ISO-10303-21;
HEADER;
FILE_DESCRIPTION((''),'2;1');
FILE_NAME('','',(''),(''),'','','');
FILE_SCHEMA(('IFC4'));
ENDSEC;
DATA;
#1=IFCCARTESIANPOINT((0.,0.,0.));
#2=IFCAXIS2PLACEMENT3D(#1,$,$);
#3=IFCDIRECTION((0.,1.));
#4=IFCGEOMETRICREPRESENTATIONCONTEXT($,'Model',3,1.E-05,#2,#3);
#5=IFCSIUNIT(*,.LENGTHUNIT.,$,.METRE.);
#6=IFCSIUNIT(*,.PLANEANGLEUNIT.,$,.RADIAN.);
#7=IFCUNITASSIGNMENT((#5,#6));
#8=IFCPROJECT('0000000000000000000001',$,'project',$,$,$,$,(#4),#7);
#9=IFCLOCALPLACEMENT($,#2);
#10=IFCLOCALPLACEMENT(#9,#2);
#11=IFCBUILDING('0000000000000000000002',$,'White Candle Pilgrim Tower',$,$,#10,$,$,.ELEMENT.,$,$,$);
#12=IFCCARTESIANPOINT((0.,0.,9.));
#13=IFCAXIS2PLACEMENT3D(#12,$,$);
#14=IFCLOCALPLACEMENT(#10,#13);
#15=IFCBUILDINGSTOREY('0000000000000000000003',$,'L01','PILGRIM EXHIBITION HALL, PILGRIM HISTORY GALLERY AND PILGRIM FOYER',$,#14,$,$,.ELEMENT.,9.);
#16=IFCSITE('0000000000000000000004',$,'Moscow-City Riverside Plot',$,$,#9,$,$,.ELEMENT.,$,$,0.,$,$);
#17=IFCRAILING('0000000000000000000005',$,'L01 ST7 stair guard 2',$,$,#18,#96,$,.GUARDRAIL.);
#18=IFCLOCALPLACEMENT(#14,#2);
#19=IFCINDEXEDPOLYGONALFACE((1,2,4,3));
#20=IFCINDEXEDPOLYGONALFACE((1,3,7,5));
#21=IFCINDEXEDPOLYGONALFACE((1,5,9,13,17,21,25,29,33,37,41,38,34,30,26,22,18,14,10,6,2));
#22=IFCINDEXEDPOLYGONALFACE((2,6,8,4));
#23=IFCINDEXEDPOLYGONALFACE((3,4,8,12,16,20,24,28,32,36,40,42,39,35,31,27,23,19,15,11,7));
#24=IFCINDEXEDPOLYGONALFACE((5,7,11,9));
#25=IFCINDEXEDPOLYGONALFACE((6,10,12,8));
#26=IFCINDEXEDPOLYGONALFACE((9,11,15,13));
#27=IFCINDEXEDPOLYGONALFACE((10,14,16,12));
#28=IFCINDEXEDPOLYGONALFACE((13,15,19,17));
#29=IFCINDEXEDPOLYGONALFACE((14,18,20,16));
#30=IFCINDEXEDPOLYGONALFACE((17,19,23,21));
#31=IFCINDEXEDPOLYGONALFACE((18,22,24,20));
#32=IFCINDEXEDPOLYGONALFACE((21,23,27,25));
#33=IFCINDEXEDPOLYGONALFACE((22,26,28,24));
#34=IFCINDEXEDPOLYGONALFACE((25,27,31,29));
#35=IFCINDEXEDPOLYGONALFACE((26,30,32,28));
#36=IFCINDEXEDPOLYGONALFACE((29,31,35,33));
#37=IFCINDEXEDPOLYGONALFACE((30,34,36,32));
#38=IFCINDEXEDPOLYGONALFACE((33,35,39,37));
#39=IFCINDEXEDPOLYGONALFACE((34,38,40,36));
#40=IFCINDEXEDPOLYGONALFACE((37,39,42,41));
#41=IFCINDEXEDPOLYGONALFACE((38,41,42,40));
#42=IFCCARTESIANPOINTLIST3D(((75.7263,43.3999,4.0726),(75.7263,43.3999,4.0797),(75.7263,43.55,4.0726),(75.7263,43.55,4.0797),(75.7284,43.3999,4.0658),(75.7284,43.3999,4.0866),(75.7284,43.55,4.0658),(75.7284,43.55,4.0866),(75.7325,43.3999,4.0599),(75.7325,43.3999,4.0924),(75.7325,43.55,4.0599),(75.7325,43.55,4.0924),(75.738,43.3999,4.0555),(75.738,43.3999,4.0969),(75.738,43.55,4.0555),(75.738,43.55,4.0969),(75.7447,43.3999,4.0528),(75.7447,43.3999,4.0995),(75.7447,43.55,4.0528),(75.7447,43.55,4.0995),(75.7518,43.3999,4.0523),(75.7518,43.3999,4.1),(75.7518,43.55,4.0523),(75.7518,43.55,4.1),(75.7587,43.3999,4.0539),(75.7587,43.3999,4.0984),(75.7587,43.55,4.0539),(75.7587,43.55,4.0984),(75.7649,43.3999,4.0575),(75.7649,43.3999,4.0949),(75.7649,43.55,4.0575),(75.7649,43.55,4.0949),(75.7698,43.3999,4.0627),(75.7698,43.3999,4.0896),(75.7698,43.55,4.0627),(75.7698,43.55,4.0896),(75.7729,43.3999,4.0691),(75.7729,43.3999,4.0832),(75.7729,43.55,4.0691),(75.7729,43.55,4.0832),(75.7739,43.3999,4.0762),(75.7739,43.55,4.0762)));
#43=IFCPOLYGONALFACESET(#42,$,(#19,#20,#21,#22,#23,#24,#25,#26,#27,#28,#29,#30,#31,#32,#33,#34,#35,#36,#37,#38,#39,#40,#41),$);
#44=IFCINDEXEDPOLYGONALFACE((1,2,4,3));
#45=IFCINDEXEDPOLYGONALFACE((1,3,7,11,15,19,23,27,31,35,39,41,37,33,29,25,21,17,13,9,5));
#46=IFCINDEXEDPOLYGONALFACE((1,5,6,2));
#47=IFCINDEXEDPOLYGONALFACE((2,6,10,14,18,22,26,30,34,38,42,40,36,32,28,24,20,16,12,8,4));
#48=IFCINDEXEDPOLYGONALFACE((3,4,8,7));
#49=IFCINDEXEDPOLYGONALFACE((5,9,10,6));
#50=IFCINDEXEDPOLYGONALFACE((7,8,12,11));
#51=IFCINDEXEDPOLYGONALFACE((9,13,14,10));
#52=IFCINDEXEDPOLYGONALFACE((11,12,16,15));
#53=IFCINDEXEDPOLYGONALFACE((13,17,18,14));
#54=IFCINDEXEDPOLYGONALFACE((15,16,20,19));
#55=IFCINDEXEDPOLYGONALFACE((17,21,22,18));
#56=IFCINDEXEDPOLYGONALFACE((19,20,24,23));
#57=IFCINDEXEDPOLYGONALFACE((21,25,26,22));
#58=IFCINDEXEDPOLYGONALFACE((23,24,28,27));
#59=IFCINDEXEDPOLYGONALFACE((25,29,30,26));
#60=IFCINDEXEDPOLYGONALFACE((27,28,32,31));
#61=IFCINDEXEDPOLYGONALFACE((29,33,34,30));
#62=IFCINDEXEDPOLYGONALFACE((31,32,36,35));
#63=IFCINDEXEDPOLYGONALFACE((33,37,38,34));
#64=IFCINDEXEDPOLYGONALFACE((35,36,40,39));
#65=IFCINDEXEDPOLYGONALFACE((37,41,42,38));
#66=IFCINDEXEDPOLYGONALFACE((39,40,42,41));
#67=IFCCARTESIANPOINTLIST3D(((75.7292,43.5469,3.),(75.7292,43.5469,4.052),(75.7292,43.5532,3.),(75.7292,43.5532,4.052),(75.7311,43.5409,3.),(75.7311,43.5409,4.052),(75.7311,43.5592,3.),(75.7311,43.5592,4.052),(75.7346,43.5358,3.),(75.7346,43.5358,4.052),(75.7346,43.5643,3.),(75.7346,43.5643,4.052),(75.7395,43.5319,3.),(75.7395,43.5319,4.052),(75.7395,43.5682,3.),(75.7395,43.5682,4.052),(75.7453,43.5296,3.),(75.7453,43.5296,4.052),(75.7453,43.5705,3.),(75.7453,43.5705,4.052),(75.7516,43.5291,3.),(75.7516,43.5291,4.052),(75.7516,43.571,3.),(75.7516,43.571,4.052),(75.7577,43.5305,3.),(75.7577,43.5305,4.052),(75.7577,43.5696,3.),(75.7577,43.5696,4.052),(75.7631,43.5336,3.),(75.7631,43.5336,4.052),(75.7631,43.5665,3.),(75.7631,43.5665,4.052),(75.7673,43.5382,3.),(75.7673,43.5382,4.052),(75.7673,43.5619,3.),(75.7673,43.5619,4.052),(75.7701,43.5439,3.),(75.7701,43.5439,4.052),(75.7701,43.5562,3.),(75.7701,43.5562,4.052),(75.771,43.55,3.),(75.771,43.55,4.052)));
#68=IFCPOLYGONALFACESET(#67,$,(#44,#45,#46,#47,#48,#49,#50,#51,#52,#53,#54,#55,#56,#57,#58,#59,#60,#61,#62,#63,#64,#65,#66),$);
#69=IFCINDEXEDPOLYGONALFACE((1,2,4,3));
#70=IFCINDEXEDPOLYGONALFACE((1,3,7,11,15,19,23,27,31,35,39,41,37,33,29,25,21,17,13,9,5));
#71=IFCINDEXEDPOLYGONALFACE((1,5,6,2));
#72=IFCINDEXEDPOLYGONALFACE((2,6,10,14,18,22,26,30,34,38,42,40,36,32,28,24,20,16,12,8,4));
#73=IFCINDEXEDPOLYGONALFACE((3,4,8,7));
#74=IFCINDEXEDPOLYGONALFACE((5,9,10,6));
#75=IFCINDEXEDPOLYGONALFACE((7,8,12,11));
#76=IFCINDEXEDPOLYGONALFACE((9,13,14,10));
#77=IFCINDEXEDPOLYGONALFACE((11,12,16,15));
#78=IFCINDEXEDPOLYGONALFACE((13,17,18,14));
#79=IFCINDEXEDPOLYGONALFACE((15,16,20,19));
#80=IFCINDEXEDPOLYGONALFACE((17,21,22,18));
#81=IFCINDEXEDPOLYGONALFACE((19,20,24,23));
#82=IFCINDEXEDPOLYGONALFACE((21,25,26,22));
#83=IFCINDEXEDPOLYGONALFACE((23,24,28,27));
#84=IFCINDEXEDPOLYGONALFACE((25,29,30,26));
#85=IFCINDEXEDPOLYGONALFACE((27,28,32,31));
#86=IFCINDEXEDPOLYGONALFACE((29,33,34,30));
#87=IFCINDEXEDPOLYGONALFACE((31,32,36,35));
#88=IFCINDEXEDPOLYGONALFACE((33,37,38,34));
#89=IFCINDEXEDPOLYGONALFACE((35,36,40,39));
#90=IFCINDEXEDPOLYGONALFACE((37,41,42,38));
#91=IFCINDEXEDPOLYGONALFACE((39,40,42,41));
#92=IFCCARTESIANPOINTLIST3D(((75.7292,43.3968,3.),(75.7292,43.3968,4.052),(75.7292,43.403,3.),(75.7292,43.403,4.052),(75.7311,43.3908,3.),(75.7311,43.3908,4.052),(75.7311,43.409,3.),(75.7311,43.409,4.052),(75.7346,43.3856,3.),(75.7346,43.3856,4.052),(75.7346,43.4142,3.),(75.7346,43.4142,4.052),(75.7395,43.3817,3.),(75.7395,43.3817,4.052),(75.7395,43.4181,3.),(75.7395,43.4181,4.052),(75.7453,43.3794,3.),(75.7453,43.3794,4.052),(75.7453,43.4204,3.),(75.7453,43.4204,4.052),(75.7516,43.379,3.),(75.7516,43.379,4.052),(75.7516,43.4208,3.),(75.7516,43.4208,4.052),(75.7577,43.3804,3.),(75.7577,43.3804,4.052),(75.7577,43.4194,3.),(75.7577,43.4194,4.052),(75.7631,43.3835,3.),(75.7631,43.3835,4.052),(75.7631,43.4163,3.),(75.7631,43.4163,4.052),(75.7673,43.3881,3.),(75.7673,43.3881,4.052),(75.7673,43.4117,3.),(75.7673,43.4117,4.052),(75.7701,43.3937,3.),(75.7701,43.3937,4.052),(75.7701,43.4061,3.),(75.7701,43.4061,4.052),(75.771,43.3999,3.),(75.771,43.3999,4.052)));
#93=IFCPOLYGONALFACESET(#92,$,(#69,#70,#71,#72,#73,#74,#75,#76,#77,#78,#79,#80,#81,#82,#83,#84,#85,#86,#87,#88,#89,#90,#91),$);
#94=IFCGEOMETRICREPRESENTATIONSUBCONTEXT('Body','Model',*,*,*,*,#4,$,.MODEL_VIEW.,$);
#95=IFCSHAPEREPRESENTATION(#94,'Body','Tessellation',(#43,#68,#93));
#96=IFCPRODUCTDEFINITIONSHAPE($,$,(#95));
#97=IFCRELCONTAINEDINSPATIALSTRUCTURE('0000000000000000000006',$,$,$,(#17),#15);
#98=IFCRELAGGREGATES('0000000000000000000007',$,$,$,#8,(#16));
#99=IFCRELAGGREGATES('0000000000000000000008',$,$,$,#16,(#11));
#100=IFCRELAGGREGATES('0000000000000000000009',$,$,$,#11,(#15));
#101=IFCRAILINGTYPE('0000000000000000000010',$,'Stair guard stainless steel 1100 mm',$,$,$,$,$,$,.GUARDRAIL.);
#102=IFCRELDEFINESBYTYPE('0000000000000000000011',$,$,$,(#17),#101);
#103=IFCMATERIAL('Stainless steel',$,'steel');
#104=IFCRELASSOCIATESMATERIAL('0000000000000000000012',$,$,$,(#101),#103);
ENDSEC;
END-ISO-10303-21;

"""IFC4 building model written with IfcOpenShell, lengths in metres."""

from ifc_helpers import new_model, si_unit, direction, frame, origin, origin_2d, place, context, subcontext, project, spatial, circle, extrude, material, type_object, element, save


model = new_model("IFC4")

# Units and contexts
model_context = context("Model", 3, precision=1e-05, world=origin(), true_north=direction((0.0, 1.0)))
body_context = subcontext(model_context, "Body", "Model", "MODEL_VIEW")
ifc_project = project(units=[si_unit("LENGTHUNIT", "METRE"), si_unit("PLANEANGLEUNIT", "RADIAN")], contexts=[model_context])

# Site, building, storey
site_placement = place(None, origin())
site = spatial("IfcSite", under=ifc_project, at=site_placement, Name="Moscow-City Riverside Plot", CompositionType="ELEMENT", RefElevation=0.0)
building_placement = place(site_placement, origin())
building = spatial("IfcBuilding", under=site, at=building_placement, Name="White Candle Pilgrim Tower", CompositionType="ELEMENT")
storey_placement = place(building_placement, frame((0.0, 0.0, 9.0)))
storey = spatial("IfcBuildingStorey", under=building, at=storey_placement, Name="L01", Description="PILGRIM EXHIBITION HALL, PILGRIM HISTORY GALLERY AND PILGRIM FOYER", CompositionType="ELEMENT", Elevation=9.0)

# Railing
ifc_material_1 = material(Name="Stainless steel", Category="steel")
railing_type_1 = type_object("IfcRailingType", Name="Stair guard stainless steel 1100 mm", PredefinedType="GUARDRAIL", material=ifc_material_1)
railing_1_placement = place(storey_placement, frame((75.75, 43.55, 3.0)))
element("IfcRailing", 1, at=railing_1_placement, inside=storey, type_object=railing_type_1, Name="L01 ST7 stair guard 2", PredefinedType="GUARDRAIL", context=body_context, shape_type="SweptSolid", body=[
    extrude(circle(Radius=0.0239, at=origin_2d()), frame((0.0, 0.0, 1.0762), z_axis=(0.0, -1.0, 0.0), x_axis=(1.0, 0.0, 0.0)), (0.0, 0.0, 1.0), 0.1501),
    extrude(circle(Radius=0.021, at=origin_2d()), origin(), (0.0, 0.0, 1.0), 1.052),
    extrude(circle(Radius=0.021, at=origin_2d()), frame((0.0, -0.1501, 0.0)), (0.0, 0.0, 1.0), 1.052),
])

save(model, "model.ifc")
